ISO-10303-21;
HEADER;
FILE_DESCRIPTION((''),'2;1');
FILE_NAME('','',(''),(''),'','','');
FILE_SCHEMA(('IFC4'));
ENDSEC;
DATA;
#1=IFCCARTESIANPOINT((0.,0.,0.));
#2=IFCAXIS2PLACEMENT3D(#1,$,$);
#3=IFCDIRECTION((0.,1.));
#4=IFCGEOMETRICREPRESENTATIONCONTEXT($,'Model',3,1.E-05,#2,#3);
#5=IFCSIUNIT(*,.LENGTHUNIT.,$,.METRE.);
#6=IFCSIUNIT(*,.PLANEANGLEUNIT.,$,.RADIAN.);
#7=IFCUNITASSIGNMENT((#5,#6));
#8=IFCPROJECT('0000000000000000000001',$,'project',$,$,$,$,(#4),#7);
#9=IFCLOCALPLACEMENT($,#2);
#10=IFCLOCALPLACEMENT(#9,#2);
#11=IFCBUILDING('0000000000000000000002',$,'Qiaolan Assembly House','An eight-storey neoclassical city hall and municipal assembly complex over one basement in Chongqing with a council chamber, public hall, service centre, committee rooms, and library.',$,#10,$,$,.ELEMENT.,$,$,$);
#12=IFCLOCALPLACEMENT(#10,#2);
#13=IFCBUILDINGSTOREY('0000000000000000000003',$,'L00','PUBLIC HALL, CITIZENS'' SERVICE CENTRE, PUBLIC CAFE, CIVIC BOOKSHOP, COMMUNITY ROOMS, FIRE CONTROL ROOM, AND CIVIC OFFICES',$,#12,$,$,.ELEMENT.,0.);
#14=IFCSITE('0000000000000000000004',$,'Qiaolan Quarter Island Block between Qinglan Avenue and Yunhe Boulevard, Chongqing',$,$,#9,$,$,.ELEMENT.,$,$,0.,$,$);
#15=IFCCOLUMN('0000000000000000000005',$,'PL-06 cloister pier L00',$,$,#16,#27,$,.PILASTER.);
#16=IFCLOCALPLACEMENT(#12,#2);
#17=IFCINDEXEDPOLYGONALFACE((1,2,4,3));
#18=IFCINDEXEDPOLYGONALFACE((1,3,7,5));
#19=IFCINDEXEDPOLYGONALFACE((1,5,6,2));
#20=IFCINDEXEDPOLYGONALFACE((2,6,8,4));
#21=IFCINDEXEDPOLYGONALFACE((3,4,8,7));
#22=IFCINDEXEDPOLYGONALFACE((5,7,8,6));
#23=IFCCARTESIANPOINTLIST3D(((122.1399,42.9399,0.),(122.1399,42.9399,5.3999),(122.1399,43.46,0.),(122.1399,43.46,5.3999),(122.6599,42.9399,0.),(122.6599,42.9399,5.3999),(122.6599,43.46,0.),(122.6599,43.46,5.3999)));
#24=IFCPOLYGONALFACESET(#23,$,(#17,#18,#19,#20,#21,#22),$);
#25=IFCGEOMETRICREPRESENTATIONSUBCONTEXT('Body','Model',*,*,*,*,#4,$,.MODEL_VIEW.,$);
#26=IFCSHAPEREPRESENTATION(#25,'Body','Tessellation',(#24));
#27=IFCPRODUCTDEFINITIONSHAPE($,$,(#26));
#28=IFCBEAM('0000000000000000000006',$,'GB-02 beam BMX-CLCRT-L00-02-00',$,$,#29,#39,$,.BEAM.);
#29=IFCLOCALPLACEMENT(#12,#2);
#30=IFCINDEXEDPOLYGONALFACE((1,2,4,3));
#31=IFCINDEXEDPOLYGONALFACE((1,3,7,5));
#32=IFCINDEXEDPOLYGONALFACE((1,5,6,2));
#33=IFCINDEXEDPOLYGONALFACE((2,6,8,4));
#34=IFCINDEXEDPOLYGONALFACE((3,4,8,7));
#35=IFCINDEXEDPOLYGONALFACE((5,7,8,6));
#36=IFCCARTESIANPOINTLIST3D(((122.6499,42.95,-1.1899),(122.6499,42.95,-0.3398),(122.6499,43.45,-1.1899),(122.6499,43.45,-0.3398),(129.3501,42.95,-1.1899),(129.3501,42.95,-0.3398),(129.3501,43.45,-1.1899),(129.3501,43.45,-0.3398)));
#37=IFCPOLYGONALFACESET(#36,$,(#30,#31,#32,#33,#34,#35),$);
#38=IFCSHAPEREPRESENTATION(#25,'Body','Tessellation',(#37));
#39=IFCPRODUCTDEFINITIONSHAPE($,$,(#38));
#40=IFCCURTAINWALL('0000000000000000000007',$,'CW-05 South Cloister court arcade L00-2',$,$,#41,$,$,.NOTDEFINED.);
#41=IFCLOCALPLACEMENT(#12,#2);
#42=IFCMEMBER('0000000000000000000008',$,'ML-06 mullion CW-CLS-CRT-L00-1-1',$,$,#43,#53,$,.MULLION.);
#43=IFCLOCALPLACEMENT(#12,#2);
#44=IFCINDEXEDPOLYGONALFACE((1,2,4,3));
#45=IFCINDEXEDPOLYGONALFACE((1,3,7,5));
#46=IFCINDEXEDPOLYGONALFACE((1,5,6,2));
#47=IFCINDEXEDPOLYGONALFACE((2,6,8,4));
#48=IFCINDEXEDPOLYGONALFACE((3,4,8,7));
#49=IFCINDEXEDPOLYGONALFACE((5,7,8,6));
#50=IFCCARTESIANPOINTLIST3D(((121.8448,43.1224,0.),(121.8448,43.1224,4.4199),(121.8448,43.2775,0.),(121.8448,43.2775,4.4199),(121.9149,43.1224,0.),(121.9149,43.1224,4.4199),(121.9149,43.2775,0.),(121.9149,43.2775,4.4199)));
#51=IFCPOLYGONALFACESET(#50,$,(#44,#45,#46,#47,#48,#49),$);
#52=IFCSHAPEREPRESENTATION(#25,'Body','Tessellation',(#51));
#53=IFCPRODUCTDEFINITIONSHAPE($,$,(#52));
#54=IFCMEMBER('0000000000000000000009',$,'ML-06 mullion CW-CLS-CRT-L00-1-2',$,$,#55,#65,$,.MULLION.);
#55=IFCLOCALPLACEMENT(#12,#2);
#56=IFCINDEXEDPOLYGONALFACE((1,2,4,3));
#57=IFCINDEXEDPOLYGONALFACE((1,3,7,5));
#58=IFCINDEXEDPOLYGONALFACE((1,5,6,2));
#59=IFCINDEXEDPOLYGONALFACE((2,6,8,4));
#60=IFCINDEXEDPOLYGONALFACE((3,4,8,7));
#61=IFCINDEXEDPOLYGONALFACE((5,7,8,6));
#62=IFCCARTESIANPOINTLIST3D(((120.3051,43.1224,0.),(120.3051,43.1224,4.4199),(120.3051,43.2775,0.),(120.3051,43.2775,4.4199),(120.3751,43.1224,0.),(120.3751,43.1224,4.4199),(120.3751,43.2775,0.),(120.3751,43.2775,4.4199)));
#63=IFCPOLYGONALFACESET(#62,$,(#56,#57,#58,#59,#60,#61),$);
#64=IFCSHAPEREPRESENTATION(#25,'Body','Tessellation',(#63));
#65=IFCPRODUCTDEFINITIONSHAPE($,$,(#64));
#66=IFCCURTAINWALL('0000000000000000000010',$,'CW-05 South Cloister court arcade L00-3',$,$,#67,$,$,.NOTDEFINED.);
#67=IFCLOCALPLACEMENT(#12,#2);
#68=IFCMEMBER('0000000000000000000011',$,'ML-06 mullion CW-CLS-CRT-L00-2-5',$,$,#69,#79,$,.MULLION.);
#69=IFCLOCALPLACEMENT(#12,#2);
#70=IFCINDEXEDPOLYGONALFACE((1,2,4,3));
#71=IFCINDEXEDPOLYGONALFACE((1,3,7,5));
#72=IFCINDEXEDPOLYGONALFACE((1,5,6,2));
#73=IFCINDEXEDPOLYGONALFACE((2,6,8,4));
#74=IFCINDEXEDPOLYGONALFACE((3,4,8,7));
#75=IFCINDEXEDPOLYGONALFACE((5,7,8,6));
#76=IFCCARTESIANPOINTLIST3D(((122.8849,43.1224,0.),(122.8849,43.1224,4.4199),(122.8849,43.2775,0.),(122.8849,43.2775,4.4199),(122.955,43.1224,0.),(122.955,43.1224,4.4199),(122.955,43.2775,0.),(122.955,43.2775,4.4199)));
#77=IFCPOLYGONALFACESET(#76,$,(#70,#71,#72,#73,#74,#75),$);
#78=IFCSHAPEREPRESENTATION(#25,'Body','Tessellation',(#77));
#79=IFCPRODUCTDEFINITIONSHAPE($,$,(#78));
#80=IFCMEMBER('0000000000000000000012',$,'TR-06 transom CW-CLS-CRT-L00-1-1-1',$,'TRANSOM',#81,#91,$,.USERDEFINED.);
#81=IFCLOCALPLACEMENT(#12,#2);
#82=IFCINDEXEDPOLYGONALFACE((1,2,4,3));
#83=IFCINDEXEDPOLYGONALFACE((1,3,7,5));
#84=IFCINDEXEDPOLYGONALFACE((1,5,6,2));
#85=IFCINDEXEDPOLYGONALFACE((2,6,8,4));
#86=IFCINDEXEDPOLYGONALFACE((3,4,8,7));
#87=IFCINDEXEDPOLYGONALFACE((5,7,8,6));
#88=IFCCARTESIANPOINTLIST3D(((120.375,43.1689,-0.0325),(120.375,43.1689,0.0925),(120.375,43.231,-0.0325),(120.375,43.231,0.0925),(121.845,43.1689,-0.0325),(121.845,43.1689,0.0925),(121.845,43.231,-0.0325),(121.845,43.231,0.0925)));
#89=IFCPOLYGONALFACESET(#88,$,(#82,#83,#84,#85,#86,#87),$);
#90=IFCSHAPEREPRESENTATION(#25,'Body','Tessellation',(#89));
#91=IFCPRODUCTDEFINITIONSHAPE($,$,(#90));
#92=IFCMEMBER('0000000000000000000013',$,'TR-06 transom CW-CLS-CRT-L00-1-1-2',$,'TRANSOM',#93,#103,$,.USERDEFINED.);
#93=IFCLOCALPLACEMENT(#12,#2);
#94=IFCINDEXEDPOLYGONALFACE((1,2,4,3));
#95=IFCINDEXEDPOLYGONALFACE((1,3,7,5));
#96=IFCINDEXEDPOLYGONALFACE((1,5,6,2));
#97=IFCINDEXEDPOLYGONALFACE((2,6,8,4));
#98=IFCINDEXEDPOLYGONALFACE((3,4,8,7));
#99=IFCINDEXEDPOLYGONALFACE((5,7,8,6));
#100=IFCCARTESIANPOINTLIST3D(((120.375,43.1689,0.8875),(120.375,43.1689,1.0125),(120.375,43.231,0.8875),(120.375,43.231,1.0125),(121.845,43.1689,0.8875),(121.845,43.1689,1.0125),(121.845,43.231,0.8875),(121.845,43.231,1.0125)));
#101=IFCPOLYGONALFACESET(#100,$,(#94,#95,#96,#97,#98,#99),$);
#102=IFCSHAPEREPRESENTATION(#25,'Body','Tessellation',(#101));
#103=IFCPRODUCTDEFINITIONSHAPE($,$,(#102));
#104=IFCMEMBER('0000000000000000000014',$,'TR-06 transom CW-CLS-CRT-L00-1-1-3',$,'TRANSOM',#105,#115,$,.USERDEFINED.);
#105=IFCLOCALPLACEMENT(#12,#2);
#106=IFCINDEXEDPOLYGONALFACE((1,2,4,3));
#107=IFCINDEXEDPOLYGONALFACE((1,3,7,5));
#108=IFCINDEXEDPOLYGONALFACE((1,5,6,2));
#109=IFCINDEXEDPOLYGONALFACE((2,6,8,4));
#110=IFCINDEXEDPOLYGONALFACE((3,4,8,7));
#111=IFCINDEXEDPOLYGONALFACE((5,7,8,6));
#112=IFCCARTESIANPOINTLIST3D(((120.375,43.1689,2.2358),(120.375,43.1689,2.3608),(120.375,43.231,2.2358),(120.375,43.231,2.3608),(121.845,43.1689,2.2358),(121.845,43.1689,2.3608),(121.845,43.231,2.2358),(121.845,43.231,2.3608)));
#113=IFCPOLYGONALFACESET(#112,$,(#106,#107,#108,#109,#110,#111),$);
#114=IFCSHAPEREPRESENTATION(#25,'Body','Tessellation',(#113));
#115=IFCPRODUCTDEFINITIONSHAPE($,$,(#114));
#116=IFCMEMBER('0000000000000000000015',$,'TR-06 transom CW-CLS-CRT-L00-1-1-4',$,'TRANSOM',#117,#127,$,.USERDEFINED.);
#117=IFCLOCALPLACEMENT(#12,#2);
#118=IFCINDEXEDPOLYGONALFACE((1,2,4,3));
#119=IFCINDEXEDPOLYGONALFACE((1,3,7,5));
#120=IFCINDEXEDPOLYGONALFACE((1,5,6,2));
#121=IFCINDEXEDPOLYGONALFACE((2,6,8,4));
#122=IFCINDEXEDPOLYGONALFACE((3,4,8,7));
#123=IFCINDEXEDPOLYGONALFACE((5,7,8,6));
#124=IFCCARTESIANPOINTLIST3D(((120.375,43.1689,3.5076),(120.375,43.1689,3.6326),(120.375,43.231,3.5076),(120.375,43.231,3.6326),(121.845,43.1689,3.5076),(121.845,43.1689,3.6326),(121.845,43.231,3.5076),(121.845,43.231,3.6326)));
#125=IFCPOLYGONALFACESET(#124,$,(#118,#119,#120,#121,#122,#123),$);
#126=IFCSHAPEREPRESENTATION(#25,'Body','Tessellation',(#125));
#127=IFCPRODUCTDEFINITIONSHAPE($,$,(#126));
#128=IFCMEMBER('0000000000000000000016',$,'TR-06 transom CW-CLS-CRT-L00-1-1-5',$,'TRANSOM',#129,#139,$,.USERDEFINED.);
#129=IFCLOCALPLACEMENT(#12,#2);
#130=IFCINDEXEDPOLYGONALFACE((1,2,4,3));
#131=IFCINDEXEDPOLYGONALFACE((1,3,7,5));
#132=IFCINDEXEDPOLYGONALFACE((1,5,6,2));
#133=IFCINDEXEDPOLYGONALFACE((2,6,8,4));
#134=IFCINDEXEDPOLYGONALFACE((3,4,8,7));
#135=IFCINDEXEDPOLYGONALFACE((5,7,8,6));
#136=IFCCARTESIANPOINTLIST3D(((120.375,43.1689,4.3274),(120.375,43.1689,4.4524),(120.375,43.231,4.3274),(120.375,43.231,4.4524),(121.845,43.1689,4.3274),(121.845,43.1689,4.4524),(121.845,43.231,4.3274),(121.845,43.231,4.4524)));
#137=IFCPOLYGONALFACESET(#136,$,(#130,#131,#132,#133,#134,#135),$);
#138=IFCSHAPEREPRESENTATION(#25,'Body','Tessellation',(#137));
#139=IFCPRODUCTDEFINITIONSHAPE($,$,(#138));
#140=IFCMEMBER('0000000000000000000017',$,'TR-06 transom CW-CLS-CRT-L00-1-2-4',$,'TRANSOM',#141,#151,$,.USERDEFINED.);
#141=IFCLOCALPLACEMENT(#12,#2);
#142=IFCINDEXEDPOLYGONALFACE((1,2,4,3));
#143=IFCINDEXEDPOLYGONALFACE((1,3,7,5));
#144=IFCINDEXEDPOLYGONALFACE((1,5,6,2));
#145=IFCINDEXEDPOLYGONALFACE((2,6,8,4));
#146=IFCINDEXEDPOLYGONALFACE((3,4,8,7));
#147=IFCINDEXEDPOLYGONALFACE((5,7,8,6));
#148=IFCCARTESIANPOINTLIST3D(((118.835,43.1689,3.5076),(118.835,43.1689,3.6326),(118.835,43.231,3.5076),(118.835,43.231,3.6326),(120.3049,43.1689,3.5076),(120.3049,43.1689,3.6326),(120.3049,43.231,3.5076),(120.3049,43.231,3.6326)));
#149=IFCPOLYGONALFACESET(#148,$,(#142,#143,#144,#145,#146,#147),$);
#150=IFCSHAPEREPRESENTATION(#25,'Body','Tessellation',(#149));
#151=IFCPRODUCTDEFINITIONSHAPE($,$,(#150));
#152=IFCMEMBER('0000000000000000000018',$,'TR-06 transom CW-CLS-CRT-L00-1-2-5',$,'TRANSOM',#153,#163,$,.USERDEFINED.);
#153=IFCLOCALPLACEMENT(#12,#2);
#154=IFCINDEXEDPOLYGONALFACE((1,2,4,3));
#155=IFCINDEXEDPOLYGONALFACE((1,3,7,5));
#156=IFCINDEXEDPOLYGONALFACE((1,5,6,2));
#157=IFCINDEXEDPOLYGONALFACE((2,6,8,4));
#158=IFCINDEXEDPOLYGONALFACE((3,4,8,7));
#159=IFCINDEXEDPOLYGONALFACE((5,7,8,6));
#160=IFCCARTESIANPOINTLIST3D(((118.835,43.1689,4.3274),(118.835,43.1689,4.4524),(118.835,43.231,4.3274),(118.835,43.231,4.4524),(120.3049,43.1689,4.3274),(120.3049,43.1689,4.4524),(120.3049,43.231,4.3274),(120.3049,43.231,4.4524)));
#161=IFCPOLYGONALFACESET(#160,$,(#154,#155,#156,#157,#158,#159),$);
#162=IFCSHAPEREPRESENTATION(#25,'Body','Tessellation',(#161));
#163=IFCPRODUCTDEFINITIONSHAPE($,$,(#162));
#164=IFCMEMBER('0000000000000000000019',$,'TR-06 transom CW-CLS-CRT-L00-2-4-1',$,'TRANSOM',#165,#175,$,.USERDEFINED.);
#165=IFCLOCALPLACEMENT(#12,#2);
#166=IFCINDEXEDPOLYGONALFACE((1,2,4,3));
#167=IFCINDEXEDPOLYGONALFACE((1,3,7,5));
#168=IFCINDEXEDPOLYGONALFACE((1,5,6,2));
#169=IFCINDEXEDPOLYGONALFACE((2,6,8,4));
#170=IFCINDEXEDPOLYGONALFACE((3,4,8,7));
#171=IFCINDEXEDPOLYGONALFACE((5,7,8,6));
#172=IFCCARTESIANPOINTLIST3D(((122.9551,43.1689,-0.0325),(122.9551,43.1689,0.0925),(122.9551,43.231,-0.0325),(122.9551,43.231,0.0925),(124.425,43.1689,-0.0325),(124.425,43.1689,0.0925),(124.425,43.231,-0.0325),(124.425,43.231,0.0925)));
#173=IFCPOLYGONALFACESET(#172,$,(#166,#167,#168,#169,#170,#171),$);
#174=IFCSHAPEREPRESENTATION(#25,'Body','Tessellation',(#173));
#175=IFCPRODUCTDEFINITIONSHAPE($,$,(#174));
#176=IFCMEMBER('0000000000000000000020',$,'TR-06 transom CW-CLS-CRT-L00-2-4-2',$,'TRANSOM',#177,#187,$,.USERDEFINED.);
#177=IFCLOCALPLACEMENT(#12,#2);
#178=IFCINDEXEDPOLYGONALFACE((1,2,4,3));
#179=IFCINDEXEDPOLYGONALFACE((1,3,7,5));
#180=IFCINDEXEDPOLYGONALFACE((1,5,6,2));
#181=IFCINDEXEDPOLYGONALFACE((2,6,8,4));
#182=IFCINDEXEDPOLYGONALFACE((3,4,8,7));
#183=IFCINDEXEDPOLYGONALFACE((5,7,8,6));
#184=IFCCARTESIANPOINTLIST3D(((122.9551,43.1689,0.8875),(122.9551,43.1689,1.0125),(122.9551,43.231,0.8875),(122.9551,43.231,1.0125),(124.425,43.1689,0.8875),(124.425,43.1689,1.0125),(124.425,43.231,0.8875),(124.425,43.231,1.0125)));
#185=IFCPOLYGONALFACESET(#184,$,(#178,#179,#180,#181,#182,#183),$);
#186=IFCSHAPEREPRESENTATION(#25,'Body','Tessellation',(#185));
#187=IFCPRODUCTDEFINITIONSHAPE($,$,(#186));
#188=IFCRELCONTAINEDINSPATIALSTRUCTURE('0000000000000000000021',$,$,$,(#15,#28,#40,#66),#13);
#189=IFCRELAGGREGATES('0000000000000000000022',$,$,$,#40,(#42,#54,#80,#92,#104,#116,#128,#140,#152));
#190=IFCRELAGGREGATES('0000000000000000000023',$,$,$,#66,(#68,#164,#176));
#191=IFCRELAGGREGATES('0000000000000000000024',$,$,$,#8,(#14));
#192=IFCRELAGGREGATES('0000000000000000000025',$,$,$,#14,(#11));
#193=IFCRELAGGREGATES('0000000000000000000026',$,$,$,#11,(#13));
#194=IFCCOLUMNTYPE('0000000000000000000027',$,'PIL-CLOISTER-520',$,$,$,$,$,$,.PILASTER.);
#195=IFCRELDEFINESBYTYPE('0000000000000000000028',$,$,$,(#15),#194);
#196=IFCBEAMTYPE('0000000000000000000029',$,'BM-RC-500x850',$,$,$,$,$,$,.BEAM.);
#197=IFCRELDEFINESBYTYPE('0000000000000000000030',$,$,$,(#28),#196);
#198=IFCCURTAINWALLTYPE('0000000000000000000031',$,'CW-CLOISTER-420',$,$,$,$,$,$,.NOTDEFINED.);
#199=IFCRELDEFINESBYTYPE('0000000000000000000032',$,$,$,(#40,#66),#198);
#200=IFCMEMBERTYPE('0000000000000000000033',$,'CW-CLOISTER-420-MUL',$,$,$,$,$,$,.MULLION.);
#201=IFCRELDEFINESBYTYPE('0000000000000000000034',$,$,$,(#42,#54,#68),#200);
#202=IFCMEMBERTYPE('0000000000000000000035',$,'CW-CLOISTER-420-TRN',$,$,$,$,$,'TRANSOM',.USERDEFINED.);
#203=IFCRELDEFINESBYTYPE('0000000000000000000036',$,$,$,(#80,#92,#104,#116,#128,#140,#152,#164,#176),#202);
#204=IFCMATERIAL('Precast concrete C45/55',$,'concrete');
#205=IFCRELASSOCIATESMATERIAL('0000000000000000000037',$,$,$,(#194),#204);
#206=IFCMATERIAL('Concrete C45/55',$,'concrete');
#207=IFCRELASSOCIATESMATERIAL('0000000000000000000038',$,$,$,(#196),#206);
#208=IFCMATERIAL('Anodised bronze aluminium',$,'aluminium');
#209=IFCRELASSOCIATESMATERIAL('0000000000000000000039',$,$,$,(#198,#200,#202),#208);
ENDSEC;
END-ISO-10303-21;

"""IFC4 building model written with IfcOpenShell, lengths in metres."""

from ifc_helpers import new_model, si_unit, direction, frame, origin, origin_2d, place, context, subcontext, project, spatial, rectangle, extrude, material, material_profile, profile_set, type_object, element, aggregate, save


model = new_model("IFC4")

# Units and contexts
model_context = context("Model", 3, precision=1e-05, world=origin(), true_north=direction((0.0, 1.0)))
body_context = subcontext(model_context, "Body", "Model", "MODEL_VIEW")
ifc_project = project(units=[si_unit("LENGTHUNIT", "METRE"), si_unit("PLANEANGLEUNIT", "RADIAN")], contexts=[model_context])

# Site, building, storey
site_placement = place(None, origin())
site = spatial("IfcSite", under=ifc_project, at=site_placement, Name="Qiaolan Quarter Island Block between Qinglan Avenue and Yunhe Boulevard, Chongqing", CompositionType="ELEMENT", RefElevation=0.0)
building_placement = place(site_placement, origin())
building = spatial("IfcBuilding", under=site, at=building_placement, Name="Qiaolan Assembly House", Description="An eight-storey neoclassical city hall and municipal assembly complex over one basement in Chongqing with a council chamber, public hall, service centre, committee rooms, and library.", CompositionType="ELEMENT")
storey_placement = place(building_placement, origin())
storey = spatial("IfcBuildingStorey", under=building, at=storey_placement, Name="L00", Description="PUBLIC HALL, CITIZENS' SERVICE CENTRE, PUBLIC CAFE, CIVIC BOOKSHOP, COMMUNITY ROOMS, FIRE CONTROL ROOM, AND CIVIC OFFICES", CompositionType="ELEMENT", Elevation=0.0)

# Column
ifc_material_1 = material(Name="Precast concrete C45/55", Category="concrete")
ifc_material_profile_1 = material_profile(ifc_material_1, rectangle(XDim=0.52, YDim=0.52, at=origin_2d()), Name="PIL 520x520")
ifc_profile_set_1 = profile_set([ifc_material_profile_1], Name="Precast concrete C45/55")
column_type = type_object("IfcColumnType", Name="PIL-CLOISTER-520", PredefinedType="PILASTER", material=ifc_profile_set_1)
column_placement = place(storey_placement, frame((122.3999, 43.2, 0.0), z_axis=(0.0, 0.0, 1.0), x_axis=(1.0, 0.0, 0.0)))
element("IfcColumn", 1, at=column_placement, inside=storey, type_object=column_type, Name="PL-06 cloister pier L00", PredefinedType="PILASTER", context=body_context, shape_type="SweptSolid", body=[
    extrude(rectangle(XDim=0.52, YDim=0.52, at=origin_2d()), origin(), (0.0, 0.0, 1.0), 5.3999),
])

# Beam
ifc_material_2 = material(Name="Concrete C45/55", Category="concrete")
ifc_material_profile_2 = material_profile(ifc_material_2, rectangle(XDim=0.5, YDim=0.8501, at=origin_2d()), Name="RCB 500x850")
ifc_profile_set_2 = profile_set([ifc_material_profile_2], Name="Concrete C45/55")
beam_type = type_object("IfcBeamType", Name="BM-RC-500x850", PredefinedType="BEAM", material=ifc_profile_set_2)
beam_placement = place(storey_placement, frame((122.6499, 43.2, -0.7649), z_axis=(1.0, 0.0, 0.0), x_axis=(0.0, 1.0, 0.0)))
element("IfcBeam", 2, at=beam_placement, inside=storey, type_object=beam_type, Name="GB-02 beam BMX-CLCRT-L00-02-00", PredefinedType="BEAM", context=body_context, shape_type="SweptSolid", body=[
    extrude(rectangle(XDim=0.5, YDim=0.8501, at=origin_2d()), origin(), (0.0, 0.0, 1.0), 6.7002),
])

# Curtain wall, members
ifc_material_3 = material(Name="Anodised bronze aluminium", Category="aluminium")
curtain_wall_type = type_object("IfcCurtainWallType", Name="CW-CLOISTER-420", PredefinedType="NOTDEFINED", material=ifc_material_3)
curtain_wall_1_placement = place(storey_placement, origin())
curtain_wall_1 = element("IfcCurtainWall", 3, at=curtain_wall_1_placement, inside=storey, type_object=curtain_wall_type, Name="CW-05 South Cloister court arcade L00-2", PredefinedType="NOTDEFINED")
ifc_material_profile_3 = material_profile(ifc_material_3, rectangle(XDim=0.0701, YDim=0.155, at=origin_2d()), Name="MUL 70x155")
ifc_profile_set_3 = profile_set([ifc_material_profile_3], Name="Anodised bronze aluminium")
member_type_1 = type_object("IfcMemberType", Name="CW-CLOISTER-420-MUL", PredefinedType="MULLION", material=ifc_profile_set_3)
member_1_placement = place(storey_placement, frame((121.8799, 43.2, 0.0), z_axis=(0.0, 0.0, 1.0), x_axis=(-1.0, 0.0, 0.0)))
member_1 = element("IfcMember", 4, at=member_1_placement, type_object=member_type_1, Name="ML-06 mullion CW-CLS-CRT-L00-1-1", PredefinedType="MULLION", context=body_context, shape_type="SweptSolid", body=[
    extrude(rectangle(XDim=0.0701, YDim=0.155, at=origin_2d()), origin(), (0.0, 0.0, 1.0), 4.4199),
])
member_2_placement = place(storey_placement, frame((120.3401, 43.2, 0.0), z_axis=(0.0, 0.0, 1.0), x_axis=(-1.0, 0.0, 0.0)))
member_2 = element("IfcMember", 5, at=member_2_placement, type_object=member_type_1, Name="ML-06 mullion CW-CLS-CRT-L00-1-2", PredefinedType="MULLION", context=body_context, shape_type="SweptSolid", body=[
    extrude(rectangle(XDim=0.0701, YDim=0.155, at=origin_2d()), origin(), (0.0, 0.0, 1.0), 4.4199),
])

# Curtain wall, member
curtain_wall_2_placement = place(storey_placement, origin())
curtain_wall_2 = element("IfcCurtainWall", 6, at=curtain_wall_2_placement, inside=storey, type_object=curtain_wall_type, Name="CW-05 South Cloister court arcade L00-3", PredefinedType="NOTDEFINED")
member_3_placement = place(storey_placement, frame((122.9199, 43.2, 0.0), z_axis=(0.0, 0.0, 1.0), x_axis=(-1.0, 0.0, 0.0)))
member_3 = element("IfcMember", 7, at=member_3_placement, type_object=member_type_1, Name="ML-06 mullion CW-CLS-CRT-L00-2-5", PredefinedType="MULLION", context=body_context, shape_type="SweptSolid", body=[
    extrude(rectangle(XDim=0.0701, YDim=0.155, at=origin_2d()), origin(), (0.0, 0.0, 1.0), 4.4199),
])

# Members
ifc_material_profile_4 = material_profile(ifc_material_3, rectangle(XDim=0.062, YDim=0.125, at=origin_2d()), Name="TRN 62x125")
ifc_profile_set_4 = profile_set([ifc_material_profile_4], Name="Anodised bronze aluminium")
member_type_2 = type_object("IfcMemberType", Name="CW-CLOISTER-420-TRN", ElementType="TRANSOM", PredefinedType="USERDEFINED", material=ifc_profile_set_4)
member_4_placement = place(storey_placement, frame((121.845, 43.2, 0.03), z_axis=(-1.0, 0.0, 0.0), x_axis=(0.0, -1.0, 0.0)))
member_4 = element("IfcMember", 8, at=member_4_placement, type_object=member_type_2, Name="TR-06 transom CW-CLS-CRT-L00-1-1-1", ObjectType="TRANSOM", PredefinedType="USERDEFINED", context=body_context, shape_type="SweptSolid", body=[
    extrude(rectangle(XDim=0.062, YDim=0.125, at=origin_2d()), origin(), (0.0, 0.0, 1.0), 1.47),
])
member_5_placement = place(storey_placement, frame((121.845, 43.2, 0.95), z_axis=(-1.0, 0.0, 0.0), x_axis=(0.0, -1.0, 0.0)))
member_5 = element("IfcMember", 9, at=member_5_placement, type_object=member_type_2, Name="TR-06 transom CW-CLS-CRT-L00-1-1-2", ObjectType="TRANSOM", PredefinedType="USERDEFINED", context=body_context, shape_type="SweptSolid", body=[
    extrude(rectangle(XDim=0.062, YDim=0.125, at=origin_2d()), origin(), (0.0, 0.0, 1.0), 1.47),
])
member_6_placement = place(storey_placement, frame((121.845, 43.2, 2.2983), z_axis=(-1.0, 0.0, 0.0), x_axis=(0.0, -1.0, 0.0)))
member_6 = element("IfcMember", 10, at=member_6_placement, type_object=member_type_2, Name="TR-06 transom CW-CLS-CRT-L00-1-1-3", ObjectType="TRANSOM", PredefinedType="USERDEFINED", context=body_context, shape_type="SweptSolid", body=[
    extrude(rectangle(XDim=0.062, YDim=0.125, at=origin_2d()), origin(), (0.0, 0.0, 1.0), 1.47),
])
member_7_placement = place(storey_placement, frame((121.845, 43.2, 3.5701), z_axis=(-1.0, 0.0, 0.0), x_axis=(0.0, -1.0, 0.0)))
member_7 = element("IfcMember", 11, at=member_7_placement, type_object=member_type_2, Name="TR-06 transom CW-CLS-CRT-L00-1-1-4", ObjectType="TRANSOM", PredefinedType="USERDEFINED", context=body_context, shape_type="SweptSolid", body=[
    extrude(rectangle(XDim=0.062, YDim=0.125, at=origin_2d()), origin(), (0.0, 0.0, 1.0), 1.47),
])
member_8_placement = place(storey_placement, frame((121.845, 43.2, 4.3899), z_axis=(-1.0, 0.0, 0.0), x_axis=(0.0, -1.0, 0.0)))
member_8 = element("IfcMember", 12, at=member_8_placement, type_object=member_type_2, Name="TR-06 transom CW-CLS-CRT-L00-1-1-5", ObjectType="TRANSOM", PredefinedType="USERDEFINED", context=body_context, shape_type="SweptSolid", body=[
    extrude(rectangle(XDim=0.062, YDim=0.125, at=origin_2d()), origin(), (0.0, 0.0, 1.0), 1.47),
])
member_9_placement = place(storey_placement, frame((120.3049, 43.2, 3.5701), z_axis=(-1.0, 0.0, 0.0), x_axis=(0.0, -1.0, 0.0)))
member_9 = element("IfcMember", 13, at=member_9_placement, type_object=member_type_2, Name="TR-06 transom CW-CLS-CRT-L00-1-2-4", ObjectType="TRANSOM", PredefinedType="USERDEFINED", context=body_context, shape_type="SweptSolid", body=[
    extrude(rectangle(XDim=0.062, YDim=0.125, at=origin_2d()), origin(), (0.0, 0.0, 1.0), 1.47),
])
member_10_placement = place(storey_placement, frame((120.3049, 43.2, 4.3899), z_axis=(-1.0, 0.0, 0.0), x_axis=(0.0, -1.0, 0.0)))
member_10 = element("IfcMember", 14, at=member_10_placement, type_object=member_type_2, Name="TR-06 transom CW-CLS-CRT-L00-1-2-5", ObjectType="TRANSOM", PredefinedType="USERDEFINED", context=body_context, shape_type="SweptSolid", body=[
    extrude(rectangle(XDim=0.062, YDim=0.125, at=origin_2d()), origin(), (0.0, 0.0, 1.0), 1.47),
])
member_11_placement = place(storey_placement, frame((124.425, 43.2, 0.03), z_axis=(-1.0, 0.0, 0.0), x_axis=(0.0, -1.0, 0.0)))
member_11 = element("IfcMember", 15, at=member_11_placement, type_object=member_type_2, Name="TR-06 transom CW-CLS-CRT-L00-2-4-1", ObjectType="TRANSOM", PredefinedType="USERDEFINED", context=body_context, shape_type="SweptSolid", body=[
    extrude(rectangle(XDim=0.062, YDim=0.125, at=origin_2d()), origin(), (0.0, 0.0, 1.0), 1.47),
])
member_12_placement = place(storey_placement, frame((124.425, 43.2, 0.95), z_axis=(-1.0, 0.0, 0.0), x_axis=(0.0, -1.0, 0.0)))
member_12 = element("IfcMember", 16, at=member_12_placement, type_object=member_type_2, Name="TR-06 transom CW-CLS-CRT-L00-2-4-2", ObjectType="TRANSOM", PredefinedType="USERDEFINED", context=body_context, shape_type="SweptSolid", body=[
    extrude(rectangle(XDim=0.062, YDim=0.125, at=origin_2d()), origin(), (0.0, 0.0, 1.0), 1.47),
])

aggregate(curtain_wall_1, [member_1, member_2, member_4, member_5, member_6, member_7, member_8, member_9, member_10])
aggregate(curtain_wall_2, [member_3, member_11, member_12])

save(model, "model.ifc")
